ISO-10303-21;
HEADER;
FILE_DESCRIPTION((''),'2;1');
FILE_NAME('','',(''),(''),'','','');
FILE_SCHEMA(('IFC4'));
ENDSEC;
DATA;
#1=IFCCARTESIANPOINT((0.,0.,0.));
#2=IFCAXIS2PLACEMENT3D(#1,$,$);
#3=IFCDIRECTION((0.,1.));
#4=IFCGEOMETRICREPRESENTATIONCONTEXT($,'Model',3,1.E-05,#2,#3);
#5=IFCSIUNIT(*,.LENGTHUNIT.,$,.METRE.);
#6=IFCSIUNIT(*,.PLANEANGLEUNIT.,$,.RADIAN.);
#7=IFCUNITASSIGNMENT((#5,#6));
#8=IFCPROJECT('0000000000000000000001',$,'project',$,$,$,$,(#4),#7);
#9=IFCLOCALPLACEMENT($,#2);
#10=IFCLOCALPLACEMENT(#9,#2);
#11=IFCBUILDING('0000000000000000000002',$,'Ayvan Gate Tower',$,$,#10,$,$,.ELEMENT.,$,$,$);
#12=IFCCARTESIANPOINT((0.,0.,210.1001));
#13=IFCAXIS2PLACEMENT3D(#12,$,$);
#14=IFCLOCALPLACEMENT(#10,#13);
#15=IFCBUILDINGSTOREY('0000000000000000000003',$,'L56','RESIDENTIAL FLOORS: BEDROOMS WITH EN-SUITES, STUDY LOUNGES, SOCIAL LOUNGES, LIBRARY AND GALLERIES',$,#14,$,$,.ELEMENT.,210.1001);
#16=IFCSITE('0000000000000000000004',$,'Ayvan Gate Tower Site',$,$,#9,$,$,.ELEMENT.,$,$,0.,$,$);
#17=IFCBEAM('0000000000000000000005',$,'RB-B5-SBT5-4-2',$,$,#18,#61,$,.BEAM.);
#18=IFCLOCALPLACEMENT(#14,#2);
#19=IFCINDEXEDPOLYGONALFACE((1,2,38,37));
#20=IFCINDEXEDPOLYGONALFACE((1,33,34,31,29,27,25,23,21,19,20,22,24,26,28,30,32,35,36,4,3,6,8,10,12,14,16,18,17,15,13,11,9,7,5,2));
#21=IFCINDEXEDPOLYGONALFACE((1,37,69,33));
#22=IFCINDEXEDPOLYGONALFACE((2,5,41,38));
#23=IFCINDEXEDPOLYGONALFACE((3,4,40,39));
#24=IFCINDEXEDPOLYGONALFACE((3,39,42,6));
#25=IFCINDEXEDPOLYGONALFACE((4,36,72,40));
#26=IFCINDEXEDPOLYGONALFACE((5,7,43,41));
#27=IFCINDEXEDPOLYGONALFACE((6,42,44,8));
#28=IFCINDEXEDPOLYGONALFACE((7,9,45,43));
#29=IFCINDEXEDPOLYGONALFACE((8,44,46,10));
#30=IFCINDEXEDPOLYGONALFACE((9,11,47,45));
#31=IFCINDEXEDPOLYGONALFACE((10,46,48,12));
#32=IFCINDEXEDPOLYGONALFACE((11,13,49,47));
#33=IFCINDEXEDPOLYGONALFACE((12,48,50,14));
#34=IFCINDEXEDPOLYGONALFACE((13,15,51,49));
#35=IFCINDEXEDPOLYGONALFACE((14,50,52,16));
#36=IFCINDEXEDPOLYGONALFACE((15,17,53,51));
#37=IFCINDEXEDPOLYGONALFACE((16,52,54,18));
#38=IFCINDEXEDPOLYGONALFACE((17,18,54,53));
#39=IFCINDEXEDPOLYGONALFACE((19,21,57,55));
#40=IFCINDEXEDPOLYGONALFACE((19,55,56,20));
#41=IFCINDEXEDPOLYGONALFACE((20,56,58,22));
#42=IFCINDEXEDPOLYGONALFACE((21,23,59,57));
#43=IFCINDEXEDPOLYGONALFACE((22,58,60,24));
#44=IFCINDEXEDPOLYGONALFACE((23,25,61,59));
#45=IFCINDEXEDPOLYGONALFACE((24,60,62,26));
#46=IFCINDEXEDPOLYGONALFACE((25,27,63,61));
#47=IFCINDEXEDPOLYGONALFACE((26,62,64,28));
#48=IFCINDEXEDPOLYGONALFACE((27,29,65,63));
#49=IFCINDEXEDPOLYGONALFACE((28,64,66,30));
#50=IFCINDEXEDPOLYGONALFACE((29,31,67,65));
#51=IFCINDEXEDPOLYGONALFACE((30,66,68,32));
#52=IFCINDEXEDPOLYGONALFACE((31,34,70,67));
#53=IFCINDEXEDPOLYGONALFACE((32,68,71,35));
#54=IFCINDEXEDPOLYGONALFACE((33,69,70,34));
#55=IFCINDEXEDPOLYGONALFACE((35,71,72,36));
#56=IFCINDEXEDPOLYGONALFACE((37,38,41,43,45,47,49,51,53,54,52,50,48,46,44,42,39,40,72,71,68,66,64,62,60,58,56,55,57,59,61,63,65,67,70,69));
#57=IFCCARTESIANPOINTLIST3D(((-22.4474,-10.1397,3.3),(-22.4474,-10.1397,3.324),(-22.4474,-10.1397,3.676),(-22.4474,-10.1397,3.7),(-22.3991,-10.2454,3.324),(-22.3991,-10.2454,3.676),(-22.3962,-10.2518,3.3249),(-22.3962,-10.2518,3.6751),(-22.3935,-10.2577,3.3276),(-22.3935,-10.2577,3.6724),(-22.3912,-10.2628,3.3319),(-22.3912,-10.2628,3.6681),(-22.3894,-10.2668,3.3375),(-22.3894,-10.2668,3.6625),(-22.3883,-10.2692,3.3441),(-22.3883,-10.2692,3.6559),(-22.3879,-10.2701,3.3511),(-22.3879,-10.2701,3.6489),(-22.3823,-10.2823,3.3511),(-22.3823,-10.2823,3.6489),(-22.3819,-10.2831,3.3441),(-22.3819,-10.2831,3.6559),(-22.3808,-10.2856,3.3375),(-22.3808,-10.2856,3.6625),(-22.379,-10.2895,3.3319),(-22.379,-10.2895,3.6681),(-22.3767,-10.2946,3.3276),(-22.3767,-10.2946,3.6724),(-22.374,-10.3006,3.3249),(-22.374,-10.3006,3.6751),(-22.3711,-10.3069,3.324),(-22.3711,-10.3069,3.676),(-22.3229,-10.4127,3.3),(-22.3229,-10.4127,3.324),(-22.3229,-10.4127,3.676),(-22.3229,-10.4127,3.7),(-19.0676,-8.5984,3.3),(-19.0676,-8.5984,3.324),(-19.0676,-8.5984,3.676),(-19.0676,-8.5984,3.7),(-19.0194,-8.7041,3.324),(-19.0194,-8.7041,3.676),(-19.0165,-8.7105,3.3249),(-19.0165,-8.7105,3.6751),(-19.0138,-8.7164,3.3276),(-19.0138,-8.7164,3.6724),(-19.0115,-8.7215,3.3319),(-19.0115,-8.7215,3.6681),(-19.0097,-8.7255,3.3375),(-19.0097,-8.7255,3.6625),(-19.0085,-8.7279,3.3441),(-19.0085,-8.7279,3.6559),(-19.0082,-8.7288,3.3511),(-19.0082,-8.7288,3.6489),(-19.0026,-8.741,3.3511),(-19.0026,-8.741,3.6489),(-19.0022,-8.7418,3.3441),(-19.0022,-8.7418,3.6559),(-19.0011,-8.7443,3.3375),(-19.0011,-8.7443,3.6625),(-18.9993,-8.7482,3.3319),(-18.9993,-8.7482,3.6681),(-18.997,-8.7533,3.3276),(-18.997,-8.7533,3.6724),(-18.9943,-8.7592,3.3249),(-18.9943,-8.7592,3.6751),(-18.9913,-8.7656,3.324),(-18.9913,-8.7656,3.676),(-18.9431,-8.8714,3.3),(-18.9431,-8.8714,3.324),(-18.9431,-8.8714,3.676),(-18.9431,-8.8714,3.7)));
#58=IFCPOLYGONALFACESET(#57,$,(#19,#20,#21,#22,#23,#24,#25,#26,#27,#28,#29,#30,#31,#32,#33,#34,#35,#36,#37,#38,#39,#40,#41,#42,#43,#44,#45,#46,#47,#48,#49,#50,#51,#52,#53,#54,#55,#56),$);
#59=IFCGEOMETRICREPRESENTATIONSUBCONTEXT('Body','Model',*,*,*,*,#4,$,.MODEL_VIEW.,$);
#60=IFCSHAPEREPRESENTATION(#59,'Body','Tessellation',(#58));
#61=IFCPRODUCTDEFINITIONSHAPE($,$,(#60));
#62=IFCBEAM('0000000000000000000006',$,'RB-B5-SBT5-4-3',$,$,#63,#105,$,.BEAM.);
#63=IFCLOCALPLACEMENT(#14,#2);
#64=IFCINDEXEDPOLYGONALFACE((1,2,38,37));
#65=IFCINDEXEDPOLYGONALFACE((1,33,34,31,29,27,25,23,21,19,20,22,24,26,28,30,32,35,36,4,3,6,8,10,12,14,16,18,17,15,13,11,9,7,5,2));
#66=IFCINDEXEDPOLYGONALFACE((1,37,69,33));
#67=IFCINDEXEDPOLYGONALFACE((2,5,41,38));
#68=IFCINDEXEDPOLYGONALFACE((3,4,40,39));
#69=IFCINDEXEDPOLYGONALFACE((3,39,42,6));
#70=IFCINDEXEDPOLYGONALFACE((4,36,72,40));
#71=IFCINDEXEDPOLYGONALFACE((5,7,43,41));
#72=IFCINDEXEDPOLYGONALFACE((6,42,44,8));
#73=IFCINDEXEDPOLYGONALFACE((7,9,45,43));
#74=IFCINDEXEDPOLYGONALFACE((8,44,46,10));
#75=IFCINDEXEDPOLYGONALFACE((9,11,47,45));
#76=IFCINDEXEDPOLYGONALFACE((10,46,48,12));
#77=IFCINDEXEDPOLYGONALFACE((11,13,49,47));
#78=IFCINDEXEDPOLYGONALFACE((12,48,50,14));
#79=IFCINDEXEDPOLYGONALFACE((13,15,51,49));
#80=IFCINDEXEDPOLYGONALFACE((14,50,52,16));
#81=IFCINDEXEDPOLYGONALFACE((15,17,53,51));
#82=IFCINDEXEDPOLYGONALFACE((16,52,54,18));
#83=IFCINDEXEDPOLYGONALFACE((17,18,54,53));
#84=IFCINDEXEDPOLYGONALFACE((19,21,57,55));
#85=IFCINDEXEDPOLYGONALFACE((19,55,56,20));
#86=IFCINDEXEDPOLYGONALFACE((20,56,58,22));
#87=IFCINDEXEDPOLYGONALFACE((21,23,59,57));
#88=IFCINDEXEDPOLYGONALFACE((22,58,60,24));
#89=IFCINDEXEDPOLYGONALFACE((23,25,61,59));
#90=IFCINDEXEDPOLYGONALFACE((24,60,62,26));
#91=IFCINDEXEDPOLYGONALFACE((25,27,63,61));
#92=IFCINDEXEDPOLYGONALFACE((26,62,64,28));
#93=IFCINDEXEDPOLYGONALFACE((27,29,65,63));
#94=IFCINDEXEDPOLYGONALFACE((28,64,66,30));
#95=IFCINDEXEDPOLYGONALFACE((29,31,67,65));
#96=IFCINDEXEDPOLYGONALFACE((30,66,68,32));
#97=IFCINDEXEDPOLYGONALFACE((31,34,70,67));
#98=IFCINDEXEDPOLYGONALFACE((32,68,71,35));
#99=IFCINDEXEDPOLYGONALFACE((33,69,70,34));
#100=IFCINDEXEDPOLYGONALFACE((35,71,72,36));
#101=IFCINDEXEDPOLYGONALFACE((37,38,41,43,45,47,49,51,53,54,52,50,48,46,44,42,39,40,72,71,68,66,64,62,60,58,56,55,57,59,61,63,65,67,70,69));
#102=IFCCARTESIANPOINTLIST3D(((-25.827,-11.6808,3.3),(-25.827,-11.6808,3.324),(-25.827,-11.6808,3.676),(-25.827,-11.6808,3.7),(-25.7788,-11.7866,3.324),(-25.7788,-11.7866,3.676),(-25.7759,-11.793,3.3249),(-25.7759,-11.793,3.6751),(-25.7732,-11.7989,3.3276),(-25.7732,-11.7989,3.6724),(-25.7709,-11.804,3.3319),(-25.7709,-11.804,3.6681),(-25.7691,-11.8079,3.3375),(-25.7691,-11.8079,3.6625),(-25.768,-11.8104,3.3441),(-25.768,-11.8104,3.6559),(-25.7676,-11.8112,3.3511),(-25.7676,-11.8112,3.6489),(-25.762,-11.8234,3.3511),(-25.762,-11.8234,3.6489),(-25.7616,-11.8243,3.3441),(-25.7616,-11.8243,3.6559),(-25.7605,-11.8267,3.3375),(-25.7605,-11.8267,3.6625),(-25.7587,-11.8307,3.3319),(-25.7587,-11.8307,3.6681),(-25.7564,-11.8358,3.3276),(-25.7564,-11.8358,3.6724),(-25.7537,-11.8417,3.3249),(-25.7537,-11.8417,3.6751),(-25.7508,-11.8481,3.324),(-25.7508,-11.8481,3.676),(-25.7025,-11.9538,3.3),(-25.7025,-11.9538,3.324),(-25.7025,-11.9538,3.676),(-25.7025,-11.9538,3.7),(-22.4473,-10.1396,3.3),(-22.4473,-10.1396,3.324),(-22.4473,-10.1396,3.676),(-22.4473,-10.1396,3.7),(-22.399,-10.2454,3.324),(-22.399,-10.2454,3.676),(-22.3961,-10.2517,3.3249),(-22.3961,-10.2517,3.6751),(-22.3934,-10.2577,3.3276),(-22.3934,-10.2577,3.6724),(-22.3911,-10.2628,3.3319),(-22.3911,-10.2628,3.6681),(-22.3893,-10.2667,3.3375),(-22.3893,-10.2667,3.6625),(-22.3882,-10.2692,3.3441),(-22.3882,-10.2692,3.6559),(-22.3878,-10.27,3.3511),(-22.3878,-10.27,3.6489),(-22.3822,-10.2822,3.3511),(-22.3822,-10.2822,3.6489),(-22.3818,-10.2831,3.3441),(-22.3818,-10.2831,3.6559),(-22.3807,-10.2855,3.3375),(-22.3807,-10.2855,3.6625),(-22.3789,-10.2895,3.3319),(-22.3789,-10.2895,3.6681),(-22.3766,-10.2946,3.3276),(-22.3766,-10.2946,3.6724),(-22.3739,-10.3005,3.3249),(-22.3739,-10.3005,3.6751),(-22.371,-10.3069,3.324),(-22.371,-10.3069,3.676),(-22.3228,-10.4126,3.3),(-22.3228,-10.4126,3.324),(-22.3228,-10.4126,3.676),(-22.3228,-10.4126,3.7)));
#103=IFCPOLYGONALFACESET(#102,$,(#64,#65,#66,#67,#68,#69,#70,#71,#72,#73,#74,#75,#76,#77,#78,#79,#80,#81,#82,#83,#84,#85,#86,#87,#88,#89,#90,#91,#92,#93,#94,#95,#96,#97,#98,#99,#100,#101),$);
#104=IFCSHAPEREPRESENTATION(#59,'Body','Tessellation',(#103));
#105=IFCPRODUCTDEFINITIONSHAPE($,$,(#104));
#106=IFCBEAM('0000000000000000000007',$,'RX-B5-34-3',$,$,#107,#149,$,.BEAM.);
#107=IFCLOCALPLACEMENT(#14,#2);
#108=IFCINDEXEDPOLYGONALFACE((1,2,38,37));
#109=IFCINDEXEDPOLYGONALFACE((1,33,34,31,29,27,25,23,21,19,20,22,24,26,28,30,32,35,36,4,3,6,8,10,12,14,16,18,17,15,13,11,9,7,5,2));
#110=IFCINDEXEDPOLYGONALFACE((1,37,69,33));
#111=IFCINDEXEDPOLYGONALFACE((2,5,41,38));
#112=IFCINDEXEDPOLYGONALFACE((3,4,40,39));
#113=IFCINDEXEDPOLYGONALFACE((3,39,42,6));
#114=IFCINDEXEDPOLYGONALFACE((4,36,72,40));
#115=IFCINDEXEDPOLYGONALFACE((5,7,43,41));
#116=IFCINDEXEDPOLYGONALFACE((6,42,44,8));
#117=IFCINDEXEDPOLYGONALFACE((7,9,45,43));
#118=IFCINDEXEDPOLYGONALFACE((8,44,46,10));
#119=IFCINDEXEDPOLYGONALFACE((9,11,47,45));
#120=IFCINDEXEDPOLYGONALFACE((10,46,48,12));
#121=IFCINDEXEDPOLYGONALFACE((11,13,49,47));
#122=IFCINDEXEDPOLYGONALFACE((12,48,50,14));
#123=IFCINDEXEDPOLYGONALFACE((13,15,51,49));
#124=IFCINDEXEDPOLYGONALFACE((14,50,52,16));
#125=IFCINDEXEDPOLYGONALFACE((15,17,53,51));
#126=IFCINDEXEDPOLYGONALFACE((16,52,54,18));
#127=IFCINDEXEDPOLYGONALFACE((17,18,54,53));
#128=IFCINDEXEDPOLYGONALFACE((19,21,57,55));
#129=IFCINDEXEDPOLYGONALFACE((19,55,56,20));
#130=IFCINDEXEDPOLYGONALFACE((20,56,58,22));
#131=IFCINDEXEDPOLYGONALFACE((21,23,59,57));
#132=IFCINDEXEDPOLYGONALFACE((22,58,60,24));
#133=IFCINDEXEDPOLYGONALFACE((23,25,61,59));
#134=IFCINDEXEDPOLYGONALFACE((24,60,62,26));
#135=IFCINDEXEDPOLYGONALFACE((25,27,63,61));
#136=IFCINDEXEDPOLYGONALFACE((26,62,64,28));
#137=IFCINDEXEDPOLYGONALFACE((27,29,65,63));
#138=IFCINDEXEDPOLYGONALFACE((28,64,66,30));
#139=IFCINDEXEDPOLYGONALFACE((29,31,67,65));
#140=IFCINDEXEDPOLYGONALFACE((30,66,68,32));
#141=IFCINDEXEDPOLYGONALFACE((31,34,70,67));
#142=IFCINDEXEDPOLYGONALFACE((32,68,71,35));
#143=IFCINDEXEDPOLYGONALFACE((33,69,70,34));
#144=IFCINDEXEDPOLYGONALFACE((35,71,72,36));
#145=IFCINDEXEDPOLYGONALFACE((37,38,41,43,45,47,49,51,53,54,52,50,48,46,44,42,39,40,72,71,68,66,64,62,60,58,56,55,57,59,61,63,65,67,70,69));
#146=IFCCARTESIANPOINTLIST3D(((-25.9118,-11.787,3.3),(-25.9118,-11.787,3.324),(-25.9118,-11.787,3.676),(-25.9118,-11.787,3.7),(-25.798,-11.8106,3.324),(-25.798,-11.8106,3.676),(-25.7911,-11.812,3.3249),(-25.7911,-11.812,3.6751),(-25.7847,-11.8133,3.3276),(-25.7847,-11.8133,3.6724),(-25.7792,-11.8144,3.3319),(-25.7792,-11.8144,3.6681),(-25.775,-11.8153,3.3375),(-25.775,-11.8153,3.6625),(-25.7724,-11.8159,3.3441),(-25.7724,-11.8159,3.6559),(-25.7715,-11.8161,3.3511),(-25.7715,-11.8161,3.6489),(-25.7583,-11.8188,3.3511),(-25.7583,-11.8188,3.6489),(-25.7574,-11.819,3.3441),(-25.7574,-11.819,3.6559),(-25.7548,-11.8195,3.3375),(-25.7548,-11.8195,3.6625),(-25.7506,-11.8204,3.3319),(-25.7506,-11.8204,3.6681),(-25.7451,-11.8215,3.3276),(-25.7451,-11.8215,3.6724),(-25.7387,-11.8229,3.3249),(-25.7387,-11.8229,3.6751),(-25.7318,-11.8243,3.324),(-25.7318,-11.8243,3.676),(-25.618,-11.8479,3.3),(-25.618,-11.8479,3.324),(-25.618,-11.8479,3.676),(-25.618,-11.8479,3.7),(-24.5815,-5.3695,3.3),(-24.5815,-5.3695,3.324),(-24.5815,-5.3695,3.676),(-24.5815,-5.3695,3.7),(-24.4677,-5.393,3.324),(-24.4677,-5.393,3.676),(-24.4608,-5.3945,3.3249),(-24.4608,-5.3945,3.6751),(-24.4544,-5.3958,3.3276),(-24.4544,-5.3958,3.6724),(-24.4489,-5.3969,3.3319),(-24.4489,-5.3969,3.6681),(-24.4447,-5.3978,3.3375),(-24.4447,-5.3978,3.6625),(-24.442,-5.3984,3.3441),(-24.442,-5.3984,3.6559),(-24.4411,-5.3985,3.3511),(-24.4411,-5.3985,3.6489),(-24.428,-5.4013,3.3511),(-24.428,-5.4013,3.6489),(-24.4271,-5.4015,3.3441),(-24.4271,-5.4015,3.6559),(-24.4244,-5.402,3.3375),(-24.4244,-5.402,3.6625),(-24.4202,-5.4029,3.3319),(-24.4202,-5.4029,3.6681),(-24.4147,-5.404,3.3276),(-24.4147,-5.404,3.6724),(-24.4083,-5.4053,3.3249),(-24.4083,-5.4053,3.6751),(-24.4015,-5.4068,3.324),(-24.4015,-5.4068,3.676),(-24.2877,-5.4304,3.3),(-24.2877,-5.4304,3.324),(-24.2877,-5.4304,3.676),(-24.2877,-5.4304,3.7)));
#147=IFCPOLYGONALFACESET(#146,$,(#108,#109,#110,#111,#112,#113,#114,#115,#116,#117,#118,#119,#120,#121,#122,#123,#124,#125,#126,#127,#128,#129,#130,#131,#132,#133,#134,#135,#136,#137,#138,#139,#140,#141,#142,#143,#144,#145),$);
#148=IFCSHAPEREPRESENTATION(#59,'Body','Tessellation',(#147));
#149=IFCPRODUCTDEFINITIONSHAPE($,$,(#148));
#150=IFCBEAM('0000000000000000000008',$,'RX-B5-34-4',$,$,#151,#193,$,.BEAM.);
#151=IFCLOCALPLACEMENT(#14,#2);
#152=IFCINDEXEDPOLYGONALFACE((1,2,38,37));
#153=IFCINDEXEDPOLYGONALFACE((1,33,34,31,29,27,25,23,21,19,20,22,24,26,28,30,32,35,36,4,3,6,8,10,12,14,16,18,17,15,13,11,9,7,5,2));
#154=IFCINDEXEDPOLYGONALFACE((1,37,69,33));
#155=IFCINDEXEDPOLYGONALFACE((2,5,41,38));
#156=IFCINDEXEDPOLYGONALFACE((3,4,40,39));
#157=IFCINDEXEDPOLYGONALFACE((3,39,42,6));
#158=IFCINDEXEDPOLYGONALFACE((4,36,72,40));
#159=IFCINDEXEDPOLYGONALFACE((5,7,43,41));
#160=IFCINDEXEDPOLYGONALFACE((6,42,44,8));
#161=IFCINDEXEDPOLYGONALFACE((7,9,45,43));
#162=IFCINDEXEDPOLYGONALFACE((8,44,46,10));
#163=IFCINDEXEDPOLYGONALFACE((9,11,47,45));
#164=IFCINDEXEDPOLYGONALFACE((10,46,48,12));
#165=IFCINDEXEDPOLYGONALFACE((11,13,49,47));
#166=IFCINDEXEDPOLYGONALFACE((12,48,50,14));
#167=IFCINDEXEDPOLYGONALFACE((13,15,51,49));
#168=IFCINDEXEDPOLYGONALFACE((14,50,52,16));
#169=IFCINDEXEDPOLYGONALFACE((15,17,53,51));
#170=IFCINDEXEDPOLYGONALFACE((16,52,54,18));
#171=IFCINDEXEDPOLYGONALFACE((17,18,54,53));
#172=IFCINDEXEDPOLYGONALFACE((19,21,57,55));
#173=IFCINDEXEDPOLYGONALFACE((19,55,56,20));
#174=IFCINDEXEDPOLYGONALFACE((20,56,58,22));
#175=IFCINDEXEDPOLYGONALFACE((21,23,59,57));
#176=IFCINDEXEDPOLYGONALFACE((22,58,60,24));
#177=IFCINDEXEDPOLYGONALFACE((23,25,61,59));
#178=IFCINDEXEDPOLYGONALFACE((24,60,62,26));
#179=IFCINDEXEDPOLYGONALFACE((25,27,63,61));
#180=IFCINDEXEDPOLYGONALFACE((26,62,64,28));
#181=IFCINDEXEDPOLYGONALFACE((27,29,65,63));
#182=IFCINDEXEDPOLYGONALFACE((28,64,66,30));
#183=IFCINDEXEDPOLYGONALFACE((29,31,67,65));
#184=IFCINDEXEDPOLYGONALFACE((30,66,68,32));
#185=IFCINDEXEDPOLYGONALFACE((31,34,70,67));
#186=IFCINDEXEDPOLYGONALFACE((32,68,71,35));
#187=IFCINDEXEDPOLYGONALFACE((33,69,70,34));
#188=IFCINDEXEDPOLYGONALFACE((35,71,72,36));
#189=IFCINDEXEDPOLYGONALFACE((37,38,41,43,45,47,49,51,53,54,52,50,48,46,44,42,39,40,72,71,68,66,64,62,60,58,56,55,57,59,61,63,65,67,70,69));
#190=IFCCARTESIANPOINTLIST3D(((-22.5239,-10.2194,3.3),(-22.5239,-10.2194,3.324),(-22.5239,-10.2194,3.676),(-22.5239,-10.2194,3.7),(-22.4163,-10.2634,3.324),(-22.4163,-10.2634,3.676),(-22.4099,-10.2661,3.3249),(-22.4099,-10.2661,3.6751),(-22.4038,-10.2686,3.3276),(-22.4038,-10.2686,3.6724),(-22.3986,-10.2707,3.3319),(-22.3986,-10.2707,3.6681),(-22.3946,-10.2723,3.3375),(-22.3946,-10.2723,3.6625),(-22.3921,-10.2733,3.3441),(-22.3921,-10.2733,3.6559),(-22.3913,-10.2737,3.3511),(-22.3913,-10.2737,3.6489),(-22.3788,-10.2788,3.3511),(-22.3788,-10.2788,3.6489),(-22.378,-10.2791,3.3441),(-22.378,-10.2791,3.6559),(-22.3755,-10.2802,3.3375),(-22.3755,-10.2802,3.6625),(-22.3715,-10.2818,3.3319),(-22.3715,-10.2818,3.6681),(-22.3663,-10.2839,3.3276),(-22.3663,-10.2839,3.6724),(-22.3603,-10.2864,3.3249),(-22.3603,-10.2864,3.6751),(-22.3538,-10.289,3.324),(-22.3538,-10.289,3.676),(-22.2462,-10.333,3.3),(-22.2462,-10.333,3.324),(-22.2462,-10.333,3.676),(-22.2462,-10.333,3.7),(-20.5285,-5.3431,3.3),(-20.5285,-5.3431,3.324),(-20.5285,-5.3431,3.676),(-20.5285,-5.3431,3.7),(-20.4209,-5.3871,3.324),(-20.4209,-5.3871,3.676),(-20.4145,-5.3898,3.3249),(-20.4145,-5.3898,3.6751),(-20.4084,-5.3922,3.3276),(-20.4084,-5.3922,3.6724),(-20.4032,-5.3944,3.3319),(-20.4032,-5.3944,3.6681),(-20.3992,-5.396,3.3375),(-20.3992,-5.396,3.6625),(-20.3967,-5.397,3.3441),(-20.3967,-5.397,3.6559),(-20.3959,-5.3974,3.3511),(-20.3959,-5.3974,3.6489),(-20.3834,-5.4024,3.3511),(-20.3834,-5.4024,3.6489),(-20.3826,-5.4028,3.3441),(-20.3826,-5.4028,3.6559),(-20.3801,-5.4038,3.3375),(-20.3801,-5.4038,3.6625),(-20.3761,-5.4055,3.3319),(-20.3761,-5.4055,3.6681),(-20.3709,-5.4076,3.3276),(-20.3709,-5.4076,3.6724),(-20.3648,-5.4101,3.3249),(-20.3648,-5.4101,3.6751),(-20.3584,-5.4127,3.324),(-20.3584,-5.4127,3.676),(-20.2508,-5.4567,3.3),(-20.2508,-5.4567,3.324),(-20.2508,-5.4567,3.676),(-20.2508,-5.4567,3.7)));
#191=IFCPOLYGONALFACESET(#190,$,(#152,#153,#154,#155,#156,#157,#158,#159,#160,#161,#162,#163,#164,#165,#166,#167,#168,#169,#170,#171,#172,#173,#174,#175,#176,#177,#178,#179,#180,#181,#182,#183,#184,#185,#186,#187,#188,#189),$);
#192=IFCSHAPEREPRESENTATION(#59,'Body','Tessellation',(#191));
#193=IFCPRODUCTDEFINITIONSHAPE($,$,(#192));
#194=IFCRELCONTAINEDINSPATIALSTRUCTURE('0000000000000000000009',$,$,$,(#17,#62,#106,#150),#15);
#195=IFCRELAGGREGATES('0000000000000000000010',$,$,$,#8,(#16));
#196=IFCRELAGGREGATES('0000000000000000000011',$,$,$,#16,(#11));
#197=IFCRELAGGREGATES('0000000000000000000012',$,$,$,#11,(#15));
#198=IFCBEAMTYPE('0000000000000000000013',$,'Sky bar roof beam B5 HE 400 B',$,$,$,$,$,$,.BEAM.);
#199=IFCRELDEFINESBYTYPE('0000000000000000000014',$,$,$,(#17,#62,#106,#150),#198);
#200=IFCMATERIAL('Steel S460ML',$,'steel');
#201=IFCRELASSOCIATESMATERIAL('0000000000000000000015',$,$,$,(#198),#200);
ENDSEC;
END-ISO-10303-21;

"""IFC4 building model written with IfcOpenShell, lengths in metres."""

from ifc_helpers import new_model, si_unit, direction, frame, origin, origin_2d, place, context, subcontext, project, spatial, i_section, extrude, material, material_profile, profile_set, type_object, element, save


model = new_model("IFC4")

# Units and contexts
model_context = context("Model", 3, precision=1e-05, world=origin(), true_north=direction((0.0, 1.0)))
body_context = subcontext(model_context, "Body", "Model", "MODEL_VIEW")
ifc_project = project(units=[si_unit("LENGTHUNIT", "METRE"), si_unit("PLANEANGLEUNIT", "RADIAN")], contexts=[model_context])

# Site, building, storey
site_placement = place(None, origin())
site = spatial("IfcSite", under=ifc_project, at=site_placement, Name="Ayvan Gate Tower Site", CompositionType="ELEMENT", RefElevation=0.0)
building_placement = place(site_placement, origin())
building = spatial("IfcBuilding", under=site, at=building_placement, Name="Ayvan Gate Tower", CompositionType="ELEMENT")
storey_placement = place(building_placement, frame((0.0, 0.0, 210.1001)))
storey = spatial("IfcBuildingStorey", under=building, at=storey_placement, Name="L56", Description="RESIDENTIAL FLOORS: BEDROOMS WITH EN-SUITES, STUDY LOUNGES, SOCIAL LOUNGES, LIBRARY AND GALLERIES", CompositionType="ELEMENT", Elevation=210.1001)

# Beams
ifc_material_1 = material(Name="Steel S460ML", Category="steel")
ifc_material_profile_1 = material_profile(ifc_material_1, i_section(OverallWidth=0.3, OverallDepth=0.3999, WebThickness=0.0134, FlangeThickness=0.0239, FilletRadius=0.0271, at=origin_2d()), Name="HE 400 B")
ifc_profile_set_1 = profile_set([ifc_material_profile_1], Name="Steel S460ML")
beam_type_1 = type_object("IfcBeamType", Name="Sky bar roof beam B5 HE 400 B", PredefinedType="BEAM", material=ifc_profile_set_1)
for number, where, z_axis, x_axis, name in (
    (1, (-19.0054, -8.7349, 3.5), (-0.909853, -0.414932, 0.0), (0.414932, -0.909853, 0.0), "RB-B5-SBT5-4-2"),
    (2, (-22.385, -10.2761, 3.5), (-0.909864, -0.414907, 0.0), (0.414907, -0.909864, 0.0), "RB-B5-SBT5-4-3"),
):
    element("IfcBeam", number, at=place(storey_placement, frame(where, z_axis=z_axis, x_axis=x_axis)), inside=storey, type_object=beam_type_1, Name=name, PredefinedType="BEAM", context=body_context, shape_type="SweptSolid", body=[
        extrude(i_section(OverallWidth=0.3, OverallDepth=0.3999, WebThickness=0.0134, FlangeThickness=0.0239, FilletRadius=0.0271, at=origin_2d()), origin(), (0.0, 0.0, 1.0), 3.7146),
    ])
beam_1_placement = place(storey_placement, frame((-24.4346, -5.3999, 3.5), z_axis=(-0.202981, -0.979183, 0.0), x_axis=(0.979183, -0.202981, 0.0)))
element("IfcBeam", 3, at=beam_1_placement, inside=storey, type_object=beam_type_1, Name="RX-B5-34-3", PredefinedType="BEAM", context=body_context, shape_type="SweptSolid", body=[
    extrude(i_section(OverallWidth=0.3, OverallDepth=0.3999, WebThickness=0.0134, FlangeThickness=0.0239, FilletRadius=0.0271, at=origin_2d()), origin(), (0.0, 0.0, 1.0), 6.554),
])
beam_2_placement = place(storey_placement, frame((-20.3896, -5.3999, 3.5), z_axis=(-0.378721, -0.925511, 0.0), x_axis=(0.925511, -0.378721, 0.0)))
element("IfcBeam", 4, at=beam_2_placement, inside=storey, type_object=beam_type_1, Name="RX-B5-34-4", PredefinedType="BEAM", context=body_context, shape_type="SweptSolid", body=[
    extrude(i_section(OverallWidth=0.3, OverallDepth=0.3999, WebThickness=0.0134, FlangeThickness=0.0239, FilletRadius=0.0271, at=origin_2d()), origin(), (0.0, 0.0, 1.0), 5.2688),
])

save(model, "model.ifc")
